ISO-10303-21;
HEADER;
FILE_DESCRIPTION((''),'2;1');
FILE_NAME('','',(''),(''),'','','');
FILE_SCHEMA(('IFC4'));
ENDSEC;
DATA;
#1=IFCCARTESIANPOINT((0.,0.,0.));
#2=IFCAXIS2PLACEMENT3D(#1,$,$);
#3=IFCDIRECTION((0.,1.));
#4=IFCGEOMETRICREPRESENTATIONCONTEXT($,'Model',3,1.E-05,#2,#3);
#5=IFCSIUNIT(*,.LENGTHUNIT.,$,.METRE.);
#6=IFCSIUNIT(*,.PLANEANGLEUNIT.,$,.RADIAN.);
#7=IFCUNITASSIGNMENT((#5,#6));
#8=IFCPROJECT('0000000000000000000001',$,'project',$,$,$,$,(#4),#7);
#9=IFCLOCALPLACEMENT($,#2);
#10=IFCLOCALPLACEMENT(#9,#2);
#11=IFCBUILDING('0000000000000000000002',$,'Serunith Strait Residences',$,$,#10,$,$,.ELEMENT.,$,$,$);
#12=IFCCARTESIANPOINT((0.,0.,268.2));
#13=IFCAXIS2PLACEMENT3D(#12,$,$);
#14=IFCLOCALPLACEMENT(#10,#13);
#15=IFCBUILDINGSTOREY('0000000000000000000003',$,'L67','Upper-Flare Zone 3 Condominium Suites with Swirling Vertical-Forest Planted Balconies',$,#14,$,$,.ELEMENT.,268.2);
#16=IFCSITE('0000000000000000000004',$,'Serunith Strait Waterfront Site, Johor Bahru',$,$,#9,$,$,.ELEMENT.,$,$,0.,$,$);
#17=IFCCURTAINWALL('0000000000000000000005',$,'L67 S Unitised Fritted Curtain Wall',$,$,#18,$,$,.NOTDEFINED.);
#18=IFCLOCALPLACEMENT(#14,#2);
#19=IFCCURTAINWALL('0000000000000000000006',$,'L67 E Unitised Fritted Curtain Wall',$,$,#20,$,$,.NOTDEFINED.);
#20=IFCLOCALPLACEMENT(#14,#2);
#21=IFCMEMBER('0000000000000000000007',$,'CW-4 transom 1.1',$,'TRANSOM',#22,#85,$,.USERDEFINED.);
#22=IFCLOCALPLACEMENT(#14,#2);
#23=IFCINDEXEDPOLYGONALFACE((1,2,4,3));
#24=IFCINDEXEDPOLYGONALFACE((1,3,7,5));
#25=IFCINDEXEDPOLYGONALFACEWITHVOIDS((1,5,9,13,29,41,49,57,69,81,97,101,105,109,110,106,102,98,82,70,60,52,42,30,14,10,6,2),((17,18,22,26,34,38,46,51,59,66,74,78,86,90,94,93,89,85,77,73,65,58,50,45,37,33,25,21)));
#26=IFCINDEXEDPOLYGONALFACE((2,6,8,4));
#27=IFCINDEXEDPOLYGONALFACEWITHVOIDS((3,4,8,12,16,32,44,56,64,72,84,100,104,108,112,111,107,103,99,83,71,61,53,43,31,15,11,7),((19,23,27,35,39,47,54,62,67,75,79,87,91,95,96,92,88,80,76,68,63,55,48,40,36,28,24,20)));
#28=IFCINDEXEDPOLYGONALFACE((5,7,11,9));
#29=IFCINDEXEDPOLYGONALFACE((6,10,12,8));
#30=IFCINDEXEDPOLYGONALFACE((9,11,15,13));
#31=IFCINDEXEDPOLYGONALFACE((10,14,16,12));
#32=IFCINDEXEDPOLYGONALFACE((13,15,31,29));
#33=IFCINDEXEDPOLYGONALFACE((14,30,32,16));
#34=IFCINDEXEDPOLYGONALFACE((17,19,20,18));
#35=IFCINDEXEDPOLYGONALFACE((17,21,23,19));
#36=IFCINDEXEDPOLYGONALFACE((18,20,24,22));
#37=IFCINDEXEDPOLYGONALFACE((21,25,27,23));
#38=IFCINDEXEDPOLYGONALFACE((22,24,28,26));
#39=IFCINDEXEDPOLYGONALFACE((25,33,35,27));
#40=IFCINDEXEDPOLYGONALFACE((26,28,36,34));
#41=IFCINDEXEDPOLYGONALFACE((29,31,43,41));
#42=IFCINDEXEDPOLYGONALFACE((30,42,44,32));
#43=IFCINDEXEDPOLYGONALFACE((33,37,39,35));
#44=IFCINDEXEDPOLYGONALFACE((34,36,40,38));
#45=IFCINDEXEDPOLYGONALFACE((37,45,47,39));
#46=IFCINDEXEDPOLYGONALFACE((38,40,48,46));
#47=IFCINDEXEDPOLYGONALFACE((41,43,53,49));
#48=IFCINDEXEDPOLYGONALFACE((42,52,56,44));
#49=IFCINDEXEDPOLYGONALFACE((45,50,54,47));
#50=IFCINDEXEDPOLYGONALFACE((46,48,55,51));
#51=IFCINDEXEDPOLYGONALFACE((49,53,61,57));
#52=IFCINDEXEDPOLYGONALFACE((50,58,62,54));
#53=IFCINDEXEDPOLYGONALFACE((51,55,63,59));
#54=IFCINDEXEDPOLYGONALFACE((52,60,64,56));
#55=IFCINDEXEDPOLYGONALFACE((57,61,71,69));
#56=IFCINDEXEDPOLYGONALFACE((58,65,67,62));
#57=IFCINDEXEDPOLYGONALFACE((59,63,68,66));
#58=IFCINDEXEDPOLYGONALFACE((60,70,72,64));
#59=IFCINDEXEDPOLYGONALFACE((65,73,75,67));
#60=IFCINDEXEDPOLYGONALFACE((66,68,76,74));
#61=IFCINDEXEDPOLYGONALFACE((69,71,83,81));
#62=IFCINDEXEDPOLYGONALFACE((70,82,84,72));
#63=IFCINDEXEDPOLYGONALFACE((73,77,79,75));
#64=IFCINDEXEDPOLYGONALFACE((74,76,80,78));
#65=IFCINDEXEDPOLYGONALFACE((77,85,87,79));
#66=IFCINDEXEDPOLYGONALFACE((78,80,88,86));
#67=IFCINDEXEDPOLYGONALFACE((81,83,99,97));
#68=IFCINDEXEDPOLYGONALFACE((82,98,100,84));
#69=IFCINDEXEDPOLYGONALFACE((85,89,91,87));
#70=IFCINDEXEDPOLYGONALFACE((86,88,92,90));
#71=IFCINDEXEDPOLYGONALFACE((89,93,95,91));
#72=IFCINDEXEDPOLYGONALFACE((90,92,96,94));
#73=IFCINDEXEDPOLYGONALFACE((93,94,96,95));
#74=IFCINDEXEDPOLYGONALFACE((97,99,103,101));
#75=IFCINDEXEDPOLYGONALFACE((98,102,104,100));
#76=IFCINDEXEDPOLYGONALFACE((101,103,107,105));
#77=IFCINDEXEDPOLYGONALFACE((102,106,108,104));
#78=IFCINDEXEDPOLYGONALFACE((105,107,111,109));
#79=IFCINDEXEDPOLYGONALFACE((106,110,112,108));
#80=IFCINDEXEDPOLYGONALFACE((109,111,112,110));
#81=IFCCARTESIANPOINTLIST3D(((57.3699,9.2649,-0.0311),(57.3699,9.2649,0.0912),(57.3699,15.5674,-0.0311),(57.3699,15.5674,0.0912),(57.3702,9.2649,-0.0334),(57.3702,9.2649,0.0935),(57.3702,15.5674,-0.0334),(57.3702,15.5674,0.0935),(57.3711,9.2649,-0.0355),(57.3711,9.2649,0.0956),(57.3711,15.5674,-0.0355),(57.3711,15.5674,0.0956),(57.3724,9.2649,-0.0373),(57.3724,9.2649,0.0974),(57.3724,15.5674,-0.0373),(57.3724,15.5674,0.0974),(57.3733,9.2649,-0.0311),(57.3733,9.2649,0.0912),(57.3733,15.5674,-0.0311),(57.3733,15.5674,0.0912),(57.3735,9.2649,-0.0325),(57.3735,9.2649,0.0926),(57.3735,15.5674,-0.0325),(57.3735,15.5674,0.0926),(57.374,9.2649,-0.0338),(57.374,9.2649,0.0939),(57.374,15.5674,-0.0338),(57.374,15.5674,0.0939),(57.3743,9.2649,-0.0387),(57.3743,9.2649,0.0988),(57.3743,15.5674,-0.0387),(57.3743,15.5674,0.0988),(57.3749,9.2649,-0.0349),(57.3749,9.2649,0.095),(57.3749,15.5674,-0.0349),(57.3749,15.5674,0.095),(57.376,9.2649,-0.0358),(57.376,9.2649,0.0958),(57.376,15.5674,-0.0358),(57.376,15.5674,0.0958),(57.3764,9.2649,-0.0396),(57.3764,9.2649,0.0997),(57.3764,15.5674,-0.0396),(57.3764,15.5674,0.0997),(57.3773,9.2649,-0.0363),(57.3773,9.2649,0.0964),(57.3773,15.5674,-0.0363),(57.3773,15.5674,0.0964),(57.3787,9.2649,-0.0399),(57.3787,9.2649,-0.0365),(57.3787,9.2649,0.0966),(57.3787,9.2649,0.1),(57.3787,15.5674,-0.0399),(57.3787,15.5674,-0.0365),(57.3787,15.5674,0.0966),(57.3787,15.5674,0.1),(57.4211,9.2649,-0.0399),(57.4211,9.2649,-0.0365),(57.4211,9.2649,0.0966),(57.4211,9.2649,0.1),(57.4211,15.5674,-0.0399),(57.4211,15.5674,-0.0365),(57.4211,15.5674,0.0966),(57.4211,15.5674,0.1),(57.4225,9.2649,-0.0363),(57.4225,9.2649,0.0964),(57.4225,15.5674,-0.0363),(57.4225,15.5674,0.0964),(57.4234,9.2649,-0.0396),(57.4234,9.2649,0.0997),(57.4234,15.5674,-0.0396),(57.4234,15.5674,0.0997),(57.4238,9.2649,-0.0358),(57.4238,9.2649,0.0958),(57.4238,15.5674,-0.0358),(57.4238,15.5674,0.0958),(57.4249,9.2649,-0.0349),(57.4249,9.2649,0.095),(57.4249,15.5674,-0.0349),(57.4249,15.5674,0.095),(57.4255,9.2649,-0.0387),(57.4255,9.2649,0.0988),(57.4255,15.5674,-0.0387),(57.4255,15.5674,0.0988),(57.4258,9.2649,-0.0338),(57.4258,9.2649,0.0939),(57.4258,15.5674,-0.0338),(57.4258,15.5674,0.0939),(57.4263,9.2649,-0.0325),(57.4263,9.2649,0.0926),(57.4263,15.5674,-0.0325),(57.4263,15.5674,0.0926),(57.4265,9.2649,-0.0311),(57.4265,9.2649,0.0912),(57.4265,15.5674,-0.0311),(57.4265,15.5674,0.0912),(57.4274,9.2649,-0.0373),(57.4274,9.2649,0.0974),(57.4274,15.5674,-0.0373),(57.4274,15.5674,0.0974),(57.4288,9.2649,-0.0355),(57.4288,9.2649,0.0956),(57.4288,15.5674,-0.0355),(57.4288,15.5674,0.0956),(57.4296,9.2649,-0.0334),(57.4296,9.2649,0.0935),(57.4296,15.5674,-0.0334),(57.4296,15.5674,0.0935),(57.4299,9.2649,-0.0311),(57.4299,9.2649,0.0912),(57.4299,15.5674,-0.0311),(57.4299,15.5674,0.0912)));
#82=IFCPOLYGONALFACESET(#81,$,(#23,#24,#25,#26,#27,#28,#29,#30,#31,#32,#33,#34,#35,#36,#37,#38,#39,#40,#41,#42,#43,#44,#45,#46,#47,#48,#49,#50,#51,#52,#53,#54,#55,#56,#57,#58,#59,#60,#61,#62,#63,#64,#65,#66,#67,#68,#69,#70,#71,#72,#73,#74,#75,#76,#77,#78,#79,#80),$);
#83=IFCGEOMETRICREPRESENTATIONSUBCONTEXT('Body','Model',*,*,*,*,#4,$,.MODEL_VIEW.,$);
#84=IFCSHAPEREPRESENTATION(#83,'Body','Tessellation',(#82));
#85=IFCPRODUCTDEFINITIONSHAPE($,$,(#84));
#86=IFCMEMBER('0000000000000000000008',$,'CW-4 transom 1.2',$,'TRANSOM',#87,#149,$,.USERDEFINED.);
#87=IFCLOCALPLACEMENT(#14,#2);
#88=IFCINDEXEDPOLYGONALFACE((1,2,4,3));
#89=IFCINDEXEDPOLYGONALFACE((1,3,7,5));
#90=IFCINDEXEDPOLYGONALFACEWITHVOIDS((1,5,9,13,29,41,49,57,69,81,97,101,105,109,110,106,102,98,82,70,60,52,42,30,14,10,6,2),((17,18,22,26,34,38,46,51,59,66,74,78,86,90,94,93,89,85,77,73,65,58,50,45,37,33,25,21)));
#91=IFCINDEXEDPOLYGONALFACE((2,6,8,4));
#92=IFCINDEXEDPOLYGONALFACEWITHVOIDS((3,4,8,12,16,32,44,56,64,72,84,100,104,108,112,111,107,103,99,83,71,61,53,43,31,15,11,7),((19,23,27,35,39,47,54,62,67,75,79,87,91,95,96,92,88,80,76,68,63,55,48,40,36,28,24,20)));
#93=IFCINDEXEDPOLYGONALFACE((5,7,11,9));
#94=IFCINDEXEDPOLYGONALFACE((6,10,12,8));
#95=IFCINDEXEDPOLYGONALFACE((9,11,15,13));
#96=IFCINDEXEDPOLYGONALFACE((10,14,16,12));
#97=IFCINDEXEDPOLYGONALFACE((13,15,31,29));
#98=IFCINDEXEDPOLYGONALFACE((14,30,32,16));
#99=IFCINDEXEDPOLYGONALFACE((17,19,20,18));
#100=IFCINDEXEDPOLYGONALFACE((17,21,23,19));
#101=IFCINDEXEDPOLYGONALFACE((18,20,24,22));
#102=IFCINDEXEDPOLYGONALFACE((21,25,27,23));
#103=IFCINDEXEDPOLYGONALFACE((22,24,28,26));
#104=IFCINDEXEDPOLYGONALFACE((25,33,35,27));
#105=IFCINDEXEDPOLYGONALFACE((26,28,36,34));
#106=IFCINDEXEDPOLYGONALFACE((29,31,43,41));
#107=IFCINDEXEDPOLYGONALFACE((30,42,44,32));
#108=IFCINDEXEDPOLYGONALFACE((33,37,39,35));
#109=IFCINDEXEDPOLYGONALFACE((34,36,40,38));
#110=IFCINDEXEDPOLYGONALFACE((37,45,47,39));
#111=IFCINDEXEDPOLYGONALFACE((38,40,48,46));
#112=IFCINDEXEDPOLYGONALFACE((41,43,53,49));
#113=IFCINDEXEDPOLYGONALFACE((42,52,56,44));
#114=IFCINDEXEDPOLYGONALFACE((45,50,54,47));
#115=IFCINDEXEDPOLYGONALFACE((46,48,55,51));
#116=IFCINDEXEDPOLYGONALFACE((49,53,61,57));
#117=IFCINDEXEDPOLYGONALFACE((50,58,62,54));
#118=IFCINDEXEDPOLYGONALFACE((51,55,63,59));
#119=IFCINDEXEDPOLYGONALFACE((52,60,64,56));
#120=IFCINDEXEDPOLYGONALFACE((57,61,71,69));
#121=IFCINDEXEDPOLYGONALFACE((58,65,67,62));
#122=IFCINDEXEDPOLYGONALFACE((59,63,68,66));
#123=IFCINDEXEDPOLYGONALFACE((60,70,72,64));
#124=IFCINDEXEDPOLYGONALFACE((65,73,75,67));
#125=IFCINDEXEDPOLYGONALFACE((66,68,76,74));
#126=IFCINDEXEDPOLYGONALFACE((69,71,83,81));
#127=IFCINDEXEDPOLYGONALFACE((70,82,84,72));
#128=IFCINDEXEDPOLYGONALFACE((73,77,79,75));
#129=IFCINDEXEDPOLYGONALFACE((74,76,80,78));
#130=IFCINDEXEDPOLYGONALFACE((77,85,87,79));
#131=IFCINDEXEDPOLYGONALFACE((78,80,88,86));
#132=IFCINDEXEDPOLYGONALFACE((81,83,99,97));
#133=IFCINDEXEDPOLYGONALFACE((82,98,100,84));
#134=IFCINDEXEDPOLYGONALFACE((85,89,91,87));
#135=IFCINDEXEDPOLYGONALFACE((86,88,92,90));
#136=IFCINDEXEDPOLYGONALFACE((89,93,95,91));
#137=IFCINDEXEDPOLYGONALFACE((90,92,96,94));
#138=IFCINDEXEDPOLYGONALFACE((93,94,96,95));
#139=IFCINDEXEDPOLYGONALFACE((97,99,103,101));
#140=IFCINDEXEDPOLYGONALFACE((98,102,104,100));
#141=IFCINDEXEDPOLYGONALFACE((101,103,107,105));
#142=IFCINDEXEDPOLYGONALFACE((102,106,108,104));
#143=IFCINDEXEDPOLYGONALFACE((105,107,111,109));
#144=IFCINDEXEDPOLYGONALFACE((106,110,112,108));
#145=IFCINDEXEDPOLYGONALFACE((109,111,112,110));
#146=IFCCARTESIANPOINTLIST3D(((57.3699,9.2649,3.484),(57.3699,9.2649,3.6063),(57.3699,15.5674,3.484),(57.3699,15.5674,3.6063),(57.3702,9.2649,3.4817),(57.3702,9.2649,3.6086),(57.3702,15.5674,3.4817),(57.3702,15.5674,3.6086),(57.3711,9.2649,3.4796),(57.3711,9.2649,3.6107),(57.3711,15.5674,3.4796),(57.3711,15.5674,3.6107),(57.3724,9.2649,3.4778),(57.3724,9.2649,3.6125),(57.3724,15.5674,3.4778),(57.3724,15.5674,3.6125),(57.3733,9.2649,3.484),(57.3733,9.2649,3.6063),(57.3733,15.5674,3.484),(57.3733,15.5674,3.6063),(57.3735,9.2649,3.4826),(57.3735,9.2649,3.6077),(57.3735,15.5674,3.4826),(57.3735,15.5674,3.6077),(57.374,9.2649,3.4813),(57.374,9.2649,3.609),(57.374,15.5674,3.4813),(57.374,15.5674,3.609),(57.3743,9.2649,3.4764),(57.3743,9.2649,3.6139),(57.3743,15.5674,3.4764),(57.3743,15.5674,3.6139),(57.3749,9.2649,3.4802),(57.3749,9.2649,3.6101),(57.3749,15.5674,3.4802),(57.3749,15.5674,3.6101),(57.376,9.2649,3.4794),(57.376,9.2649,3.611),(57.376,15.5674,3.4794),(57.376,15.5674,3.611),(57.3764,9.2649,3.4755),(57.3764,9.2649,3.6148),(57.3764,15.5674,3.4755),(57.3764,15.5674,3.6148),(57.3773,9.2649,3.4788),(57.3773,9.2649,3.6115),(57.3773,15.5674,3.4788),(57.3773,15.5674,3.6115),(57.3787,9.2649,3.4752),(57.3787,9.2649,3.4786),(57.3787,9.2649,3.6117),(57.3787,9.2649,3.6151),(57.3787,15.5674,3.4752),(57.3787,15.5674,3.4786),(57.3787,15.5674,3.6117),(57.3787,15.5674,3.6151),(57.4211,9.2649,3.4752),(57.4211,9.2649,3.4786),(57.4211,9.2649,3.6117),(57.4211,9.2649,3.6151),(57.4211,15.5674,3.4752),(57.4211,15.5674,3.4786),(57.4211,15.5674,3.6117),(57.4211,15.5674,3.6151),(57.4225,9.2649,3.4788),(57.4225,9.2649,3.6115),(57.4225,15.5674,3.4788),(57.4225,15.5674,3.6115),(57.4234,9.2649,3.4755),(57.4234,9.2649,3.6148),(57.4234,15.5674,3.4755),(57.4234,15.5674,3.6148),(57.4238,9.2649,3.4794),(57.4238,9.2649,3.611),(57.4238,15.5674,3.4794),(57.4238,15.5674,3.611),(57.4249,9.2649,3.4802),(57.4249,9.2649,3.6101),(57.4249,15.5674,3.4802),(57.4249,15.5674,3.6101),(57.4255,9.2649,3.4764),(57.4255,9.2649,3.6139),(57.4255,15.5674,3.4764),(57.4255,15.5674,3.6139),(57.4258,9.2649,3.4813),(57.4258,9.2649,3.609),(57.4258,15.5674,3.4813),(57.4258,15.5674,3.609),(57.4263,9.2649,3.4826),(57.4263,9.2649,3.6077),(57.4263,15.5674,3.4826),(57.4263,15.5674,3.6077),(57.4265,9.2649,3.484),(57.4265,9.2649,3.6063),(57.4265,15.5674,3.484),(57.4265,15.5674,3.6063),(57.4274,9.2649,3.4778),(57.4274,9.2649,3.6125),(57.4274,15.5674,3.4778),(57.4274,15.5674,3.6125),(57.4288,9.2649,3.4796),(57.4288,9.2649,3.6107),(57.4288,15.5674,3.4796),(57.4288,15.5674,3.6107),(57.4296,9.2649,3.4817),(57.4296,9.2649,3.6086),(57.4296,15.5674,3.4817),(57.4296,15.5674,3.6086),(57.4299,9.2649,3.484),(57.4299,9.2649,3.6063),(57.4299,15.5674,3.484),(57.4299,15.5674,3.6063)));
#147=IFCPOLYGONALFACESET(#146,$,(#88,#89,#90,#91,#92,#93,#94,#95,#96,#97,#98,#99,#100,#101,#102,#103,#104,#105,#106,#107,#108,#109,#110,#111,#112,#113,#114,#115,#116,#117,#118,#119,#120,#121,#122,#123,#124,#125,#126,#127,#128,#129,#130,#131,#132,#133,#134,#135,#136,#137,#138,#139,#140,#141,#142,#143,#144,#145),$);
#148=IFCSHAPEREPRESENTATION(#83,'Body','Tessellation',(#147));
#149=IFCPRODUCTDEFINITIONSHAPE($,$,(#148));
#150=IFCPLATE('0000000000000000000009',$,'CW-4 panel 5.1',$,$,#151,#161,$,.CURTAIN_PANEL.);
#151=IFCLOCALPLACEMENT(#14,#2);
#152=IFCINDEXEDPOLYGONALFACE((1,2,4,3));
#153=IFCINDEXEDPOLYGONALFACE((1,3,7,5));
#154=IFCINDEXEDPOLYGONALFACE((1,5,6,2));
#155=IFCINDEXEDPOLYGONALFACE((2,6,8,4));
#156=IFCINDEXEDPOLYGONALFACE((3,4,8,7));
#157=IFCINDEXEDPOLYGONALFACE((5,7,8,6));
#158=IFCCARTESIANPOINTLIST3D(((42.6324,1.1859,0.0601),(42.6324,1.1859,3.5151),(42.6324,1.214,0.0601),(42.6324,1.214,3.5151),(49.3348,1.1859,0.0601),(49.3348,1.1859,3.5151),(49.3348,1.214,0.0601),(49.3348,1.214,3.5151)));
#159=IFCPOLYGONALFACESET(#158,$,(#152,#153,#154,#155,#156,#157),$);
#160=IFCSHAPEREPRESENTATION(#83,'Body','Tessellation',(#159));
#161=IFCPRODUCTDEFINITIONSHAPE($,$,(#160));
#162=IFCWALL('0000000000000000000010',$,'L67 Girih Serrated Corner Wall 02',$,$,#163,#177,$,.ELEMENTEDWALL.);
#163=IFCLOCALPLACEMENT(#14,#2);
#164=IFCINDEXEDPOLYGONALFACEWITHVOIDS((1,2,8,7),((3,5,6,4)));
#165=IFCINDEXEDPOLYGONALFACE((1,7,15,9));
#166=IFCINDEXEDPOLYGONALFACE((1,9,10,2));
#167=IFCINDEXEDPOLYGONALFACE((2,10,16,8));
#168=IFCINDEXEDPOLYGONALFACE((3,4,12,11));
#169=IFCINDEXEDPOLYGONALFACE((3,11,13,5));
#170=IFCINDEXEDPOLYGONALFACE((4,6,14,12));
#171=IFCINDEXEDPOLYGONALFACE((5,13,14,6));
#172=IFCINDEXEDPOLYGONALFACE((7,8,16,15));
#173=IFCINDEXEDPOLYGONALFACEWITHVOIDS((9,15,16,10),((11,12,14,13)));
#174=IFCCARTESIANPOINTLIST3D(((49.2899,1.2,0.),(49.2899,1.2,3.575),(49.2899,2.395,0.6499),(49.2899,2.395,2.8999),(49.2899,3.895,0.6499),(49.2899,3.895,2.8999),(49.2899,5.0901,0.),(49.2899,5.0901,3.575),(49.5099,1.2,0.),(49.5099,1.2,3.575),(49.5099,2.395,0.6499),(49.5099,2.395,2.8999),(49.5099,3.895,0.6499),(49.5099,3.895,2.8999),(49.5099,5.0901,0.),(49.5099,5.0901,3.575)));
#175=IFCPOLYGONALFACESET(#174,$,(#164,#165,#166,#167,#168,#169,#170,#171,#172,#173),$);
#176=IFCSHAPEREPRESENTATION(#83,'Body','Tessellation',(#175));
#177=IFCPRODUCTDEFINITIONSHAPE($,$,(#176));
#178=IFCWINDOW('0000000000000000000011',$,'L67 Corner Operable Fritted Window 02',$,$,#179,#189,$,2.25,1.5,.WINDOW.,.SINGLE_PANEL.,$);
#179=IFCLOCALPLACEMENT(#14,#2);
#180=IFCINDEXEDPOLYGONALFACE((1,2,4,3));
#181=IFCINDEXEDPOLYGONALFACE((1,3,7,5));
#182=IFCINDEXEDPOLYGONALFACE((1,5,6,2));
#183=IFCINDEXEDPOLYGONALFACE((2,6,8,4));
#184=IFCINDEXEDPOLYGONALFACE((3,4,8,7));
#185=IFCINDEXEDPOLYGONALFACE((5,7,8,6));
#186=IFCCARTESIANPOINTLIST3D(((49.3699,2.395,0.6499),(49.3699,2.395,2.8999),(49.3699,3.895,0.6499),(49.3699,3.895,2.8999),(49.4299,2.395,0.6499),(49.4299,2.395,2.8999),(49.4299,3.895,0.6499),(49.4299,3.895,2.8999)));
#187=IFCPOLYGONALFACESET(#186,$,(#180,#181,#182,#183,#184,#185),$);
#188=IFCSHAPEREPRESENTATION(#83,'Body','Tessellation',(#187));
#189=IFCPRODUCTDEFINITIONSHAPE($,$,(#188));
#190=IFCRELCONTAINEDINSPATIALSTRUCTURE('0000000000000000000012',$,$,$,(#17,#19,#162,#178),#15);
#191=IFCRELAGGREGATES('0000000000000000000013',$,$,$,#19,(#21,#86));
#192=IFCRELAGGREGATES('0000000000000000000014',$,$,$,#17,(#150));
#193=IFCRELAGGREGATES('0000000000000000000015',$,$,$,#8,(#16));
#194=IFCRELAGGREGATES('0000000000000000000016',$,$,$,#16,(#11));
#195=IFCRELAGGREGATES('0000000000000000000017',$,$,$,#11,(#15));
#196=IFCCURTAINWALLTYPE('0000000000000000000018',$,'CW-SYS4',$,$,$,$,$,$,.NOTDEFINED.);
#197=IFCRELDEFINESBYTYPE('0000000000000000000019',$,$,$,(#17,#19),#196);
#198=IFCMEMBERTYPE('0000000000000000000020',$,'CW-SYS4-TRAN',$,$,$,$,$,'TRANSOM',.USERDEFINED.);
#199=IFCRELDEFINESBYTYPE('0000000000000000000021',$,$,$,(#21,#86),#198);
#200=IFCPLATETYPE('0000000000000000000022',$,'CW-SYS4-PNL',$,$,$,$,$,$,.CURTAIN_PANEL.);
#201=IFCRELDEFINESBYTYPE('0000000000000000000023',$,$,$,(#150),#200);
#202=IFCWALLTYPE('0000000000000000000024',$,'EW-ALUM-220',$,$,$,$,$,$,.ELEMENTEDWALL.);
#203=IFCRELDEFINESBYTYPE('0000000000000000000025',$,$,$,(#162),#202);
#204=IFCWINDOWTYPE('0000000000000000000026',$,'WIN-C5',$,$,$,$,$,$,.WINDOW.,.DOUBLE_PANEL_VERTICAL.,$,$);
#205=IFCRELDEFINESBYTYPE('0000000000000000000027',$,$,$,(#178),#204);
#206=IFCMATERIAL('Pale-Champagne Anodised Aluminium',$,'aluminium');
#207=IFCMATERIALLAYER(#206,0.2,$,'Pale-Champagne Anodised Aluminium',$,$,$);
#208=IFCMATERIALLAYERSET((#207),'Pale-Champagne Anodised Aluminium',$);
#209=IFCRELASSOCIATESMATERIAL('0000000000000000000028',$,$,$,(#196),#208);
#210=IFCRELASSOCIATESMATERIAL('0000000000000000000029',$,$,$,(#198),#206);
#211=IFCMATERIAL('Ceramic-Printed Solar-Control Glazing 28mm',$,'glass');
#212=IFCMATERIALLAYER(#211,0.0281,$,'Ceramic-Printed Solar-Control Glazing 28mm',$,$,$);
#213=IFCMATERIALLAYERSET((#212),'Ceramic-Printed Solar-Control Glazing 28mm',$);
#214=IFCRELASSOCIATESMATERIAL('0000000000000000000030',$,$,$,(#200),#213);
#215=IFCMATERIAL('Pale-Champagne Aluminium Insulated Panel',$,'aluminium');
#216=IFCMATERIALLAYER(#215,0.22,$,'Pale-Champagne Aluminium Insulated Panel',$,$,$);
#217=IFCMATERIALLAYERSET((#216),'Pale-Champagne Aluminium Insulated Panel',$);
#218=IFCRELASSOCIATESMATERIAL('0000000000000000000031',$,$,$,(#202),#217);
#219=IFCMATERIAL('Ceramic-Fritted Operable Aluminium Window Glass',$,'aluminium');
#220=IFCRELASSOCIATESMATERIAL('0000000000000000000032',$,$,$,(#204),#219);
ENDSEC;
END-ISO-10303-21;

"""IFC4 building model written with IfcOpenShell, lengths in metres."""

from ifc_helpers import new_model, si_unit, direction, frame, frame_2d, origin, origin_2d, place, context, subcontext, project, spatial, rectangle, hollow_rectangle, extrude, source, transform, mapped, material, layer, layer_set, material_profile, profile_set, type_object, element, fill, aggregate, save


model = new_model("IFC4")

# Units and contexts
model_context = context("Model", 3, precision=1e-05, world=origin(), true_north=direction((0.0, 1.0)))
body_context = subcontext(model_context, "Body", "Model", "MODEL_VIEW")
ifc_project = project(units=[si_unit("LENGTHUNIT", "METRE"), si_unit("PLANEANGLEUNIT", "RADIAN")], contexts=[model_context])

# Site, building, storey
site_placement = place(None, origin())
site = spatial("IfcSite", under=ifc_project, at=site_placement, Name="Serunith Strait Waterfront Site, Johor Bahru", CompositionType="ELEMENT", RefElevation=0.0)
building_placement = place(site_placement, origin())
building = spatial("IfcBuilding", under=site, at=building_placement, Name="Serunith Strait Residences", CompositionType="ELEMENT")
storey_placement = place(building_placement, frame((0.0, 0.0, 268.2)))
storey = spatial("IfcBuildingStorey", under=building, at=storey_placement, Name="L67", Description="Upper-Flare Zone 3 Condominium Suites with Swirling Vertical-Forest Planted Balconies", CompositionType="ELEMENT", Elevation=268.2)

# Curtain wall
ifc_material_1 = material(Name="Pale-Champagne Anodised Aluminium", Category="aluminium")
ifc_layer_1 = layer(ifc_material_1, 0.2, Name="Pale-Champagne Anodised Aluminium")
ifc_layer_set_1 = layer_set([ifc_layer_1], Name="Pale-Champagne Anodised Aluminium")
curtain_wall_type = type_object("IfcCurtainWallType", Name="CW-SYS4", PredefinedType="NOTDEFINED", material=ifc_layer_set_1)
curtain_wall_1_placement = place(storey_placement, origin())
curtain_wall_1 = element("IfcCurtainWall", 1, at=curtain_wall_1_placement, inside=storey, type_object=curtain_wall_type, Name="L67 S Unitised Fritted Curtain Wall", PredefinedType="NOTDEFINED")

# Curtain wall, members
curtain_wall_2_placement = place(storey_placement, origin())
curtain_wall_2 = element("IfcCurtainWall", 2, at=curtain_wall_2_placement, inside=storey, type_object=curtain_wall_type, Name="L67 E Unitised Fritted Curtain Wall", PredefinedType="NOTDEFINED")
ifc_material_profile_1 = material_profile(ifc_material_1, hollow_rectangle(XDim=0.0601, YDim=0.1399, WallThickness=0.0034, InnerFilletRadius=0.0054, OuterFilletRadius=0.0088, at=origin_2d()), Name="ALU 140x60x3.5")
ifc_profile_set_1 = profile_set([ifc_material_profile_1], Name="Pale-Champagne Anodised Aluminium")
member_type_1 = type_object("IfcMemberType", Name="CW-SYS4-TRAN", ElementType="TRANSOM", PredefinedType="USERDEFINED", material=ifc_profile_set_1)
shared_shape_1 = source(origin(), body_context, "Body", "SweptSolid", [
    extrude(hollow_rectangle(XDim=0.0601, YDim=0.1399, WallThickness=0.0034, InnerFilletRadius=0.0054, OuterFilletRadius=0.0088, at=origin_2d()), origin(), (0.0, 0.0, 1.0), 6.3025),
])
member_1_placement = place(storey_placement, frame((57.3999, 9.2649, 0.03), z_axis=(0.0, 1.0, 0.0), x_axis=(-1.0, 0.0, 0.0)))
member_1 = element("IfcMember", 3, at=member_1_placement, type_object=member_type_1, Name="CW-4 transom 1.1", ObjectType="TRANSOM", PredefinedType="USERDEFINED", context=body_context, shape_type="MappedRepresentation", body=[
    mapped(shared_shape_1, transform((0.0, 0.0, 0.0), scale=1.0)),
])
member_2_placement = place(storey_placement, frame((57.3999, 9.2649, 3.5452), z_axis=(0.0, 1.0, 0.0), x_axis=(-1.0, 0.0, 0.0)))
member_2 = element("IfcMember", 4, at=member_2_placement, type_object=member_type_1, Name="CW-4 transom 1.2", ObjectType="TRANSOM", PredefinedType="USERDEFINED", context=body_context, shape_type="MappedRepresentation", body=[
    mapped(shared_shape_1, transform((0.0, 0.0, 0.0), scale=1.0)),
])
aggregate(curtain_wall_2, [member_1, member_2])

# Plate
ifc_material_2 = material(Name="Ceramic-Printed Solar-Control Glazing 28mm", Category="glass")
ifc_layer_2 = layer(ifc_material_2, 0.0281, Name="Ceramic-Printed Solar-Control Glazing 28mm")
ifc_layer_set_2 = layer_set([ifc_layer_2], Name="Ceramic-Printed Solar-Control Glazing 28mm")
plate_type = type_object("IfcPlateType", Name="CW-SYS4-PNL", PredefinedType="CURTAIN_PANEL", material=ifc_layer_set_2)
shared_shape_2 = source(origin(), body_context, "Body", "SweptSolid", [
    extrude(rectangle(XDim=6.7024, YDim=0.0281, at=origin_2d()), origin(), (0.0, 0.0, 1.0), 3.4551),
])
plate_placement = place(storey_placement, frame((45.9836, 1.2, 0.0601), z_axis=(0.0, 0.0, 1.0), x_axis=(1.0, 0.0, 0.0)))
plate = element("IfcPlate", 5, at=plate_placement, type_object=plate_type, Name="CW-4 panel 5.1", PredefinedType="CURTAIN_PANEL", context=body_context, shape_type="MappedRepresentation", body=[
    mapped(shared_shape_2, transform((0.0, 0.0, 0.0), scale=1.0)),
])
aggregate(curtain_wall_1, [plate])

# Wall, opening, window
ifc_material_3 = material(Name="Pale-Champagne Aluminium Insulated Panel", Category="aluminium")
ifc_layer_3 = layer(ifc_material_3, 0.22, Name="Pale-Champagne Aluminium Insulated Panel")
ifc_layer_set_3 = layer_set([ifc_layer_3], Name="Pale-Champagne Aluminium Insulated Panel")
wall_type_1 = type_object("IfcWallType", Name="EW-ALUM-220", PredefinedType="ELEMENTEDWALL", material=ifc_layer_set_3)
wall_1_placement = place(storey_placement, frame((49.3999, 1.2, 0.0), z_axis=(0.0, 0.0, 1.0), x_axis=(0.0, 1.0, 0.0)))
wall_1 = element("IfcWall", 6, at=wall_1_placement, inside=storey, type_object=wall_type_1, Name="L67 Girih Serrated Corner Wall 02", PredefinedType="ELEMENTEDWALL", context=body_context, shape_type="SweptSolid", body=[
    extrude(rectangle(XDim=3.8901, YDim=0.22, at=frame_2d((1.9451, 0.0))), origin(), (0.0, 0.0, 1.0), 3.575),
])
opening_1_placement = place(wall_1_placement, frame((1.1951, 0.0, 0.6499)))
opening_1 = element("IfcOpeningElement", 7, at=opening_1_placement, cuts=wall_1, PredefinedType="OPENING", context=body_context, shape_type="SweptSolid", body=[
    extrude(rectangle(XDim=1.5, YDim=2.25, at=frame_2d((0.75, 1.125))), frame((0.0, 0.1201, 0.0), z_axis=(0.0, -1.0, 0.0), x_axis=(1.0, 0.0, 0.0)), (0.0, 0.0, 1.0), 0.24),
])
ifc_material_4 = material(Name="Ceramic-Fritted Operable Aluminium Window Glass", Category="aluminium")
window_type = type_object("IfcWindowType", Name="WIN-C5", PartitioningType="DOUBLE_PANEL_VERTICAL", PredefinedType="WINDOW", material=ifc_material_4)
shared_shape_3 = source(origin(), body_context, "Body", "SweptSolid", [
    extrude(rectangle(XDim=1.5, YDim=2.25, at=frame_2d((0.75, 1.125))), frame((0.0, 0.03, 0.0), z_axis=(0.0, -1.0, 0.0), x_axis=(1.0, 0.0, 0.0)), (0.0, 0.0, 1.0), 0.0601),
])
window_1_placement = place(opening_1_placement, origin())
window_1 = element("IfcWindow", 8, at=window_1_placement, inside=storey, type_object=window_type, Name="L67 Corner Operable Fritted Window 02", OverallHeight=2.25, OverallWidth=1.5, PartitioningType="SINGLE_PANEL", PredefinedType="WINDOW", context=body_context, shape_type="MappedRepresentation", body=[
    mapped(shared_shape_3, transform((0.0, 0.0, 0.0), scale=1.0)),
])
fill(opening_1, window_1)

save(model, "model.ifc")
